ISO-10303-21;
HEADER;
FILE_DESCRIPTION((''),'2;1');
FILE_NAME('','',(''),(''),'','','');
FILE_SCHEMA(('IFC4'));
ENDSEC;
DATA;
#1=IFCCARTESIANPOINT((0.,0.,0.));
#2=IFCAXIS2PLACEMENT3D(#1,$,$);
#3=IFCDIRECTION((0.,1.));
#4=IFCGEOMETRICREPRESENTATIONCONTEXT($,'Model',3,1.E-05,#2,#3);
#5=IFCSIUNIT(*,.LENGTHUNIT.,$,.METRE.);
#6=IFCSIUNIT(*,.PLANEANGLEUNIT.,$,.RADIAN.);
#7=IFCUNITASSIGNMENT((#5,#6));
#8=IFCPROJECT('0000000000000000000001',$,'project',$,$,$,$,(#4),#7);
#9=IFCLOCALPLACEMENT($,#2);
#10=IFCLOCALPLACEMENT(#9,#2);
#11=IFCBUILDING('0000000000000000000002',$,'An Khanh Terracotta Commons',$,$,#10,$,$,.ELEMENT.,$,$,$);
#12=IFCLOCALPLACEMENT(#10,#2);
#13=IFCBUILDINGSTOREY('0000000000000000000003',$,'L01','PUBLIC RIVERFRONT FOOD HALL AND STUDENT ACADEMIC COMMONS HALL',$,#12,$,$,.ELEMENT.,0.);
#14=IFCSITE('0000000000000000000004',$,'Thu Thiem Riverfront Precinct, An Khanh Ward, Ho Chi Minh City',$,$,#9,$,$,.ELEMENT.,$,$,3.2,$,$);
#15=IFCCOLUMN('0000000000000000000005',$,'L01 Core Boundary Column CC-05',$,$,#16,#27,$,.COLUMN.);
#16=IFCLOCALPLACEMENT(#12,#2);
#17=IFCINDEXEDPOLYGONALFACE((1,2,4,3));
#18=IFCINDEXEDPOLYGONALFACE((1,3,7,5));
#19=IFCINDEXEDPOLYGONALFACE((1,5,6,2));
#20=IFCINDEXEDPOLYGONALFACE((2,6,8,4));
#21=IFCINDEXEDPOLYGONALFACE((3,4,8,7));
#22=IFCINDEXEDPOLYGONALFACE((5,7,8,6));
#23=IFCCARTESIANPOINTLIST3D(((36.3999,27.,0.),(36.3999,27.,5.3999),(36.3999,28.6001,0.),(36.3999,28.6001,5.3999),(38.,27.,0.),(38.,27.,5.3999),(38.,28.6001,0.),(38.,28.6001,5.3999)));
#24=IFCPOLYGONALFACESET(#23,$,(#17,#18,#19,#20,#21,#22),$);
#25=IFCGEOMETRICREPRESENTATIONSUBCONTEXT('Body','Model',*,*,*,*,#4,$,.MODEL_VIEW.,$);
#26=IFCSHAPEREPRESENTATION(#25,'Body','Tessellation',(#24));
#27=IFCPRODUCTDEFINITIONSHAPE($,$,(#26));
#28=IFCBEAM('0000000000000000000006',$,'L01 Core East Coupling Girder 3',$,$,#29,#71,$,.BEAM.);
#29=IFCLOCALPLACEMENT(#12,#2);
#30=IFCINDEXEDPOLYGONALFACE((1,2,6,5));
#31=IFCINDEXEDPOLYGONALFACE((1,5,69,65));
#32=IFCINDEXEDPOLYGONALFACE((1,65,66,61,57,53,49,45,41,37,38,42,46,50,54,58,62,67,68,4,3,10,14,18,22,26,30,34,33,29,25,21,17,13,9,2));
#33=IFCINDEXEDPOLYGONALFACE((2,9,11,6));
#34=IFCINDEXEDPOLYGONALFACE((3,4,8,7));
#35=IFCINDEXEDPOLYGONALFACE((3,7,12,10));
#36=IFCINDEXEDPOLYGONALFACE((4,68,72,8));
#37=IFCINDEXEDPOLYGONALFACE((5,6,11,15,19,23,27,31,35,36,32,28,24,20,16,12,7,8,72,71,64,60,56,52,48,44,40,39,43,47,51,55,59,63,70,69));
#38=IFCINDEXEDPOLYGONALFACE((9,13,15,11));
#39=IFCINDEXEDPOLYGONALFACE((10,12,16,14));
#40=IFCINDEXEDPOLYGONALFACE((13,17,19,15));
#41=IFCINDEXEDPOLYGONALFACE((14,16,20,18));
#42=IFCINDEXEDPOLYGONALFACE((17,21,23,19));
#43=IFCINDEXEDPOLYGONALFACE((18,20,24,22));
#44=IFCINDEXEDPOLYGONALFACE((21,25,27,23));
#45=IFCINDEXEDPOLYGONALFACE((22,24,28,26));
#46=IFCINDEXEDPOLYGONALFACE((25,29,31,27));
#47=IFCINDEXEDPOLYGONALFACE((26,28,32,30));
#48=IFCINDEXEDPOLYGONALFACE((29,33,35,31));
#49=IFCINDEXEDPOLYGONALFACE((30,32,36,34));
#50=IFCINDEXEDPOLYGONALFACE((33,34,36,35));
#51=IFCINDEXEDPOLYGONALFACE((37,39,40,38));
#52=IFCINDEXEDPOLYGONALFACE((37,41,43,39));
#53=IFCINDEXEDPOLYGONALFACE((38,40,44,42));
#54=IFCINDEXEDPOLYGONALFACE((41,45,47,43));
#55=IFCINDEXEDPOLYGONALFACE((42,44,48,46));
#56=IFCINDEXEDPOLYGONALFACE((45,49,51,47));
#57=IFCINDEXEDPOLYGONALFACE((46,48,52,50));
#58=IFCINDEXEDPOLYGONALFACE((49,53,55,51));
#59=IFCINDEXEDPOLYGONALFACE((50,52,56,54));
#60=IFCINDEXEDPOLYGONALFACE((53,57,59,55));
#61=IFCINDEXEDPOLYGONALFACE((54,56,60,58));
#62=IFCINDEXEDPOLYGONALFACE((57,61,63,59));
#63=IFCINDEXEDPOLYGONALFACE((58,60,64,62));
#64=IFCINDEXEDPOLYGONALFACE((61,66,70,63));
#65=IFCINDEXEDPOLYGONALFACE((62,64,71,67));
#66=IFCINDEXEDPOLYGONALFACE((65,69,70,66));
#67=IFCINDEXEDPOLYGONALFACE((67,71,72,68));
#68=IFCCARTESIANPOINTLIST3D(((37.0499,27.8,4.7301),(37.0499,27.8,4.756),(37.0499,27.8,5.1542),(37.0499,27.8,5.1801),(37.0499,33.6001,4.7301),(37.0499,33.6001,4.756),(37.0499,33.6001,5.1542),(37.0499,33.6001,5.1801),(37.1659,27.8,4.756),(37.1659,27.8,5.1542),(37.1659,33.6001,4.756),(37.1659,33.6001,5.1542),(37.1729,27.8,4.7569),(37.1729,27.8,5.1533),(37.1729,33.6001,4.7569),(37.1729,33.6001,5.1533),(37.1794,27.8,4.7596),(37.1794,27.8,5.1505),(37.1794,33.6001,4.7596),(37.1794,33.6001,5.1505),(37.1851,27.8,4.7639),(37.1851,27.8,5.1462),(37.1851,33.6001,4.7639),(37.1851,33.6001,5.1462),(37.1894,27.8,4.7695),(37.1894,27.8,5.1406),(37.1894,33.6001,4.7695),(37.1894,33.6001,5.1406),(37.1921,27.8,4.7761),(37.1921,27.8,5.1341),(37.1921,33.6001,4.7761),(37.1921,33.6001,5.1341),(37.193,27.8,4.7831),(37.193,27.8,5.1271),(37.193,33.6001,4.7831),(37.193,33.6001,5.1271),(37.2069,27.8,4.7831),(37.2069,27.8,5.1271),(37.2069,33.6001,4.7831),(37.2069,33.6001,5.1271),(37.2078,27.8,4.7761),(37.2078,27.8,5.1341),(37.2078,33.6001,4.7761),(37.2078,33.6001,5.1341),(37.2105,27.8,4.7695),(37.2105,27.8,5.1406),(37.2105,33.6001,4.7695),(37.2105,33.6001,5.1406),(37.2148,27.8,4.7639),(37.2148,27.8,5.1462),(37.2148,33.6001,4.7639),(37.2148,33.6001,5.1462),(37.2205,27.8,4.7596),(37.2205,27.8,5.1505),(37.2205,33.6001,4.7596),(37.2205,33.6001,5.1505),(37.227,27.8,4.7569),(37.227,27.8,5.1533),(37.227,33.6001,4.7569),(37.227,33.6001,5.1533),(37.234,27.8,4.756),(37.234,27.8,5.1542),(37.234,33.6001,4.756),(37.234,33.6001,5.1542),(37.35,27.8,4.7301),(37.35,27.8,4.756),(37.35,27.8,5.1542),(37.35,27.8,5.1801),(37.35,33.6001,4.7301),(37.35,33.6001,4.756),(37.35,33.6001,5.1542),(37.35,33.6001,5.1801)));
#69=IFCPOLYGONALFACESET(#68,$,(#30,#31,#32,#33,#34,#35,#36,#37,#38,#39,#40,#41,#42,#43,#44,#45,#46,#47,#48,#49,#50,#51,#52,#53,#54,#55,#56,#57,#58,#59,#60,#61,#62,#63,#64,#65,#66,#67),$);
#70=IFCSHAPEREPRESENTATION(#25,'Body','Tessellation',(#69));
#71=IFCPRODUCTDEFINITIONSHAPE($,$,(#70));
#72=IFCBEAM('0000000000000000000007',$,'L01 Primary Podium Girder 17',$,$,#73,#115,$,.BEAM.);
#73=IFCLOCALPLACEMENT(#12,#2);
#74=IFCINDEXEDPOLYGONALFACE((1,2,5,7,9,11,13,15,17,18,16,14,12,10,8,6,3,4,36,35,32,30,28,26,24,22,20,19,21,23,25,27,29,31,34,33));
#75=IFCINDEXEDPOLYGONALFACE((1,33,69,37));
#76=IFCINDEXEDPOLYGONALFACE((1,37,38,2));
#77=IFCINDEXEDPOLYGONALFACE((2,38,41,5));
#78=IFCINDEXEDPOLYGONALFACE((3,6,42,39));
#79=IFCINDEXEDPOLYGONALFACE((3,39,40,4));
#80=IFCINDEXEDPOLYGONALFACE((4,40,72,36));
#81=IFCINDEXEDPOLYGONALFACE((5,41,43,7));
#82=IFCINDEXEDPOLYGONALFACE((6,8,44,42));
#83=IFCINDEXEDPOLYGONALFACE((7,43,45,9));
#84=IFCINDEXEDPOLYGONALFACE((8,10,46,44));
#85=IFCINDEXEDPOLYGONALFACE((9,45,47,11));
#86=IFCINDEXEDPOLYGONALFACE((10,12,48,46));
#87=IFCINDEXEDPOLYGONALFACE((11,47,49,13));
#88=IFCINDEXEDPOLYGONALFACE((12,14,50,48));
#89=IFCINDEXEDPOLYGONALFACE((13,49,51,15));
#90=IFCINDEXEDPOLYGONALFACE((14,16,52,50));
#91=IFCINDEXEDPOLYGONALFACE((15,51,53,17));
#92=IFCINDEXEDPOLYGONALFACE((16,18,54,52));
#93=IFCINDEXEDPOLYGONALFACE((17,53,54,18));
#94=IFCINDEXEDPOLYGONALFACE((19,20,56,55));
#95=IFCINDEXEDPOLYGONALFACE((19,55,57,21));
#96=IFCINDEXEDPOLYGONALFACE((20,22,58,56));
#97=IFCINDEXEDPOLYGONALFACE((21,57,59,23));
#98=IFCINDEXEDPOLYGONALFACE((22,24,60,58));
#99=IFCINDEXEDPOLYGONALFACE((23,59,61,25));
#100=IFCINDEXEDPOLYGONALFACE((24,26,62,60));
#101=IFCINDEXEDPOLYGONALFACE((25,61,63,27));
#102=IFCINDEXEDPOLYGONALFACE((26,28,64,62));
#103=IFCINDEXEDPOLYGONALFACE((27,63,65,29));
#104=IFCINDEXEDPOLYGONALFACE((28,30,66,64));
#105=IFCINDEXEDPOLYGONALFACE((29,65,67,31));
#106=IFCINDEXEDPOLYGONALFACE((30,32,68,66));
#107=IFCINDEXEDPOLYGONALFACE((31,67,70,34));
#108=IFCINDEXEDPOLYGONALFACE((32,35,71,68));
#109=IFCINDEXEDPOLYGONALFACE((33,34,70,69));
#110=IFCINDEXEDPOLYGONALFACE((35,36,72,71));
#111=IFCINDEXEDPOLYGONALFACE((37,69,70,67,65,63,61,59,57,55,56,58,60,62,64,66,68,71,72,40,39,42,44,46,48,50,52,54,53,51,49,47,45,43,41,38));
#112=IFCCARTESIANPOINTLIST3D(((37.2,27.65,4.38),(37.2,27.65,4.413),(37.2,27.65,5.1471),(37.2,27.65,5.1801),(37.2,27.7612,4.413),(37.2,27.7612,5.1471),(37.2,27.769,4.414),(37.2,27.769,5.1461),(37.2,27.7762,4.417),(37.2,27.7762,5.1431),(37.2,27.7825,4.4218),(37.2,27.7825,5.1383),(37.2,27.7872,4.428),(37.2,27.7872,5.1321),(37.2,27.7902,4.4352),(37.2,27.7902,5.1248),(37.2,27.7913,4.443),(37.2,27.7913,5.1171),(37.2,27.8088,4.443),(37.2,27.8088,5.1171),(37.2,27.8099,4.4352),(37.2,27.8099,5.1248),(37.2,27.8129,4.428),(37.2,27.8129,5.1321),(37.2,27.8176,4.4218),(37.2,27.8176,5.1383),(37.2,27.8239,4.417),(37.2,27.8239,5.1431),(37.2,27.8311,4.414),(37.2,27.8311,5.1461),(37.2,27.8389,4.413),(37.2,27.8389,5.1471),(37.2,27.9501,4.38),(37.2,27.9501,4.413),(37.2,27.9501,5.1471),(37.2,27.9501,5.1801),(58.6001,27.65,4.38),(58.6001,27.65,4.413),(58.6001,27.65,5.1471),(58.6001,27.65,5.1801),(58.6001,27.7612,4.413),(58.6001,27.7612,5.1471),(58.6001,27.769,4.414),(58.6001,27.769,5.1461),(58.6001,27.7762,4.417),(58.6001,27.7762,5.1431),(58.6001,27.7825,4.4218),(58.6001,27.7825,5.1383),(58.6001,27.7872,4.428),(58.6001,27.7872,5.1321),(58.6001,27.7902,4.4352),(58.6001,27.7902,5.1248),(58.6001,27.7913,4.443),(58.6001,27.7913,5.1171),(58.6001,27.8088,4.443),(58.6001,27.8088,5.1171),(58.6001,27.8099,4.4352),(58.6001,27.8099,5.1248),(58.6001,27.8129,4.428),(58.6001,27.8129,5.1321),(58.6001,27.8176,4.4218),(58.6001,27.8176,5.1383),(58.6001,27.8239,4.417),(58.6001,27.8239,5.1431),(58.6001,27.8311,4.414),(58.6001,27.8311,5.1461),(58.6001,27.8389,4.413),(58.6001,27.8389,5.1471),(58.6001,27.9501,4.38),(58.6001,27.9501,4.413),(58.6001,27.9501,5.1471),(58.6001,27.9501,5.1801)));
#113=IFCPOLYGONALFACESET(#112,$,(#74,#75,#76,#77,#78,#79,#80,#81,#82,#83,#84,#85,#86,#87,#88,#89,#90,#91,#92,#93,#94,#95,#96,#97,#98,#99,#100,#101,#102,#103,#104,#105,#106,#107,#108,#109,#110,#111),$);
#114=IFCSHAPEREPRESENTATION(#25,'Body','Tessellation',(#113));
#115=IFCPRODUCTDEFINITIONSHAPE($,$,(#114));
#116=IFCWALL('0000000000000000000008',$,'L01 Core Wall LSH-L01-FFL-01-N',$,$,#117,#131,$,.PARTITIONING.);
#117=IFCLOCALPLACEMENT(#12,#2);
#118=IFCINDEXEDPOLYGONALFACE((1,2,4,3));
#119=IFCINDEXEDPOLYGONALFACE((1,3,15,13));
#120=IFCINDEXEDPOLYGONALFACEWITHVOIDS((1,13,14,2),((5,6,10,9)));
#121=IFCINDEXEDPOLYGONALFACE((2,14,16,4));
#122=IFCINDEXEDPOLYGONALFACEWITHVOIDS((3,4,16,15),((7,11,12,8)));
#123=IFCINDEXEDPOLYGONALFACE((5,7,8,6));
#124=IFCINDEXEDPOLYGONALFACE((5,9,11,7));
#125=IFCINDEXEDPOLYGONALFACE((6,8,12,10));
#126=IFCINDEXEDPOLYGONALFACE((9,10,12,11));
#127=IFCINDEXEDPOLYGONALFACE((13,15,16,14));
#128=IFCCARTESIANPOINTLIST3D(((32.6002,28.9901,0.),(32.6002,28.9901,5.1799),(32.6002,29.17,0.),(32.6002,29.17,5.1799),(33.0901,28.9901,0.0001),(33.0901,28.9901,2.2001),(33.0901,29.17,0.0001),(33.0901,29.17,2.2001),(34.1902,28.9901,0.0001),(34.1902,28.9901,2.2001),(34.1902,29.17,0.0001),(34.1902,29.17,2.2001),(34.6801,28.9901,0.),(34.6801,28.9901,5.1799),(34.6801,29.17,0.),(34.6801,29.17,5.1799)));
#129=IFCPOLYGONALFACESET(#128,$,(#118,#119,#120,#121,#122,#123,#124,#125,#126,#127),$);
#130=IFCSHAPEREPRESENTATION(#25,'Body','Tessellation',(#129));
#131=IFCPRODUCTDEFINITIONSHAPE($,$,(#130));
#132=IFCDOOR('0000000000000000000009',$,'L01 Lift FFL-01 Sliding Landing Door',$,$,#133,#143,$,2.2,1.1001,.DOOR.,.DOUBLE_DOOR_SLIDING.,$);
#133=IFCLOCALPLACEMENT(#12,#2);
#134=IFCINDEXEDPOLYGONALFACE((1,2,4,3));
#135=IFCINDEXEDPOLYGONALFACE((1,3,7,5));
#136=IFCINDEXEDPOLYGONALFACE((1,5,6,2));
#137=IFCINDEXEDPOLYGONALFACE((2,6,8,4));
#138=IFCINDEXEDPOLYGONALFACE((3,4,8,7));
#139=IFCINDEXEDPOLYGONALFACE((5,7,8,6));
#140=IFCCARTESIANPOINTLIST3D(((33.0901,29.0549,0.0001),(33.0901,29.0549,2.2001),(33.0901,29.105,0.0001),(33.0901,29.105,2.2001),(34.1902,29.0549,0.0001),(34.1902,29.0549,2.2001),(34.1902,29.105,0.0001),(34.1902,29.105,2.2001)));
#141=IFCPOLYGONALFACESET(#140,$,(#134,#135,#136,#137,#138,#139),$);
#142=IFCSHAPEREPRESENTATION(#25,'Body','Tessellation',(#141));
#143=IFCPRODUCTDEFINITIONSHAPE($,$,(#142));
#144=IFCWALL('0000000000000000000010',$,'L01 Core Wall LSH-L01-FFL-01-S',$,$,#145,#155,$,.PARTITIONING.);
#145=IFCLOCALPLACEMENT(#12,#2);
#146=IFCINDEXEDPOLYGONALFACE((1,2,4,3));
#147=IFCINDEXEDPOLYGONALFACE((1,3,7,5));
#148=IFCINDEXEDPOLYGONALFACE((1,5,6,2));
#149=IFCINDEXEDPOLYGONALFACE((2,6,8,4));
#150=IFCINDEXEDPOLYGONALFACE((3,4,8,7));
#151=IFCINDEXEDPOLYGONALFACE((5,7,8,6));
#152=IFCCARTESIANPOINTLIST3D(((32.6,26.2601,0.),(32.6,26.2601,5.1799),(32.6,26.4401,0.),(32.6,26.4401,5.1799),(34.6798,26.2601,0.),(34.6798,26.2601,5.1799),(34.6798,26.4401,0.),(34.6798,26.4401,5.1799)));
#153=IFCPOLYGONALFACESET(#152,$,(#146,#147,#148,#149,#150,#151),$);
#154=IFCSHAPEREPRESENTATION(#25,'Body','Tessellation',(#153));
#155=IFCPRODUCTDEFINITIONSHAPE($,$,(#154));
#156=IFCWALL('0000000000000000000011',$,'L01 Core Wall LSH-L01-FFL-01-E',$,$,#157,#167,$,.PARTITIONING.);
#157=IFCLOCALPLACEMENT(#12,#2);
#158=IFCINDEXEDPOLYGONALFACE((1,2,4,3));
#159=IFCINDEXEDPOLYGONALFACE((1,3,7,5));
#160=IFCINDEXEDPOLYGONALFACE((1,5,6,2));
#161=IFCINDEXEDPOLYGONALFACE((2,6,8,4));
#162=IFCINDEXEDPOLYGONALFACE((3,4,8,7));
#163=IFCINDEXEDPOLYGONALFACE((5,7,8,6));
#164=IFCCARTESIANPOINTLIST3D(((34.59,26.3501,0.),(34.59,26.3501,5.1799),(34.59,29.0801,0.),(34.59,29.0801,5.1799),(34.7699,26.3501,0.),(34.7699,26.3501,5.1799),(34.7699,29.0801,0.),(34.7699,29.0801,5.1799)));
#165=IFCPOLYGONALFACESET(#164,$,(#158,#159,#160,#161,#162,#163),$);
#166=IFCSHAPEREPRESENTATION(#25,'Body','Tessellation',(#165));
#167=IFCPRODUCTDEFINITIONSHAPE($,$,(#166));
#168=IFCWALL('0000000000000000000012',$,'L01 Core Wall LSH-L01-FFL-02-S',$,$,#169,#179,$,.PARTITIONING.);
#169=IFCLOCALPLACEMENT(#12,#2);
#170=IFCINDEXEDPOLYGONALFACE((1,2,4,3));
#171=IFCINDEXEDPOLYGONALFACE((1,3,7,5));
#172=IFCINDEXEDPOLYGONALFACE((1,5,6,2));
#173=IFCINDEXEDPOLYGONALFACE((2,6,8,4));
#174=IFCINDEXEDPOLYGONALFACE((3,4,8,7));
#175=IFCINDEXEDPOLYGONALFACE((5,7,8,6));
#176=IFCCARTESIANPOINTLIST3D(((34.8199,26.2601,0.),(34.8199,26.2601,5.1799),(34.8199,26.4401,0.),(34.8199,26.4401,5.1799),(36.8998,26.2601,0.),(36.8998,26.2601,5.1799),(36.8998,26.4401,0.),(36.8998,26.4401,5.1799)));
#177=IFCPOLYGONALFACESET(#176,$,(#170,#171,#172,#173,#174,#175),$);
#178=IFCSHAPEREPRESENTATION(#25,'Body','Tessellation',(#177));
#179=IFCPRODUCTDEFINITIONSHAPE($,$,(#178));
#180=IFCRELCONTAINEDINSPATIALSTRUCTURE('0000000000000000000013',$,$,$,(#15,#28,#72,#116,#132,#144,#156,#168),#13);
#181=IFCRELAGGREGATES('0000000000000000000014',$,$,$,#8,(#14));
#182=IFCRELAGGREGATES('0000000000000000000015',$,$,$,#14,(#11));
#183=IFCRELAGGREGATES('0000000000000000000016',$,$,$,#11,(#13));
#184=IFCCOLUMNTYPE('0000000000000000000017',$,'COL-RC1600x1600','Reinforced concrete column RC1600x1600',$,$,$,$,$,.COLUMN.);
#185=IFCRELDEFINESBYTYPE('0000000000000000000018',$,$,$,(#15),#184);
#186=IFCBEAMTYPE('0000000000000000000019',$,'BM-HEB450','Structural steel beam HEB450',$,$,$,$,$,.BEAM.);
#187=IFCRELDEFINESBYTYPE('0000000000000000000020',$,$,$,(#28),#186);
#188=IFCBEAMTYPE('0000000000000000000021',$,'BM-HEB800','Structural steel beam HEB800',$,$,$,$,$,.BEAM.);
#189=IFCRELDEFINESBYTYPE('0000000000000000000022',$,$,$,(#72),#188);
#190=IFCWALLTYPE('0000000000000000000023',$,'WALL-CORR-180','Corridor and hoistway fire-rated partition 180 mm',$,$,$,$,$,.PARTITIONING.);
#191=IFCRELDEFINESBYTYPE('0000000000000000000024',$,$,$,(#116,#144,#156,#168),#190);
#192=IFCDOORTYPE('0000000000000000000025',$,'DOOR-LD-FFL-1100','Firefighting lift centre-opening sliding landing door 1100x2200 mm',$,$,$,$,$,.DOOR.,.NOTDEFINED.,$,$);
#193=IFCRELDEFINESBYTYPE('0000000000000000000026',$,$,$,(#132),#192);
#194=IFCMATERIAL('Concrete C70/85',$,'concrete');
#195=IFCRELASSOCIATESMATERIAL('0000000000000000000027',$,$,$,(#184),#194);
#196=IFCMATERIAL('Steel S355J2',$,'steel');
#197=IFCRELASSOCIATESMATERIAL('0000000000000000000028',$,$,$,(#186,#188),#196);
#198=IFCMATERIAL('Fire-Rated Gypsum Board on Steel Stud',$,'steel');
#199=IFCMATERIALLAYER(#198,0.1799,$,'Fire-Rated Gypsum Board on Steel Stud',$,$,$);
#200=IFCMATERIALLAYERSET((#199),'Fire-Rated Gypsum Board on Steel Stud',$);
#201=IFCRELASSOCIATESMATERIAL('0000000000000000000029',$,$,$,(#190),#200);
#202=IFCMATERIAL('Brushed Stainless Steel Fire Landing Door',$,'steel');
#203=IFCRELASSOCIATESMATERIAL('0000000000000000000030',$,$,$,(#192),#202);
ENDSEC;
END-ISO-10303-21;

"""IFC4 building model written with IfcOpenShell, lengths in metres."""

from ifc_helpers import new_model, si_unit, direction, frame, frame_2d, origin, origin_2d, place, context, subcontext, project, spatial, rectangle, i_section, extrude, material, layer, layer_set, material_profile, profile_set, type_object, element, fill, save


model = new_model("IFC4")

# Units and contexts
model_context = context("Model", 3, precision=1e-05, world=origin(), true_north=direction((0.0, 1.0)))
body_context = subcontext(model_context, "Body", "Model", "MODEL_VIEW")
ifc_project = project(units=[si_unit("LENGTHUNIT", "METRE"), si_unit("PLANEANGLEUNIT", "RADIAN")], contexts=[model_context])

# Site, building, storey
site_placement = place(None, origin())
site = spatial("IfcSite", under=ifc_project, at=site_placement, Name="Thu Thiem Riverfront Precinct, An Khanh Ward, Ho Chi Minh City", CompositionType="ELEMENT", RefElevation=3.2)
building_placement = place(site_placement, origin())
building = spatial("IfcBuilding", under=site, at=building_placement, Name="An Khanh Terracotta Commons", CompositionType="ELEMENT")
storey_placement = place(building_placement, origin())
storey = spatial("IfcBuildingStorey", under=building, at=storey_placement, Name="L01", Description="PUBLIC RIVERFRONT FOOD HALL AND STUDENT ACADEMIC COMMONS HALL", CompositionType="ELEMENT", Elevation=0.0)

# Column
ifc_material_1 = material(Name="Concrete C70/85", Category="concrete")
ifc_material_profile_1 = material_profile(ifc_material_1, rectangle(XDim=1.6001, YDim=1.6001, at=origin_2d()), Name="RC1600x1600")
ifc_profile_set_1 = profile_set([ifc_material_profile_1], Name="Concrete C70/85")
column_type = type_object("IfcColumnType", Name="COL-RC1600x1600", Description="Reinforced concrete column RC1600x1600", PredefinedType="COLUMN", material=ifc_profile_set_1)
column_placement = place(storey_placement, frame((37.2, 27.8, 0.0), z_axis=(0.0, 0.0, 1.0), x_axis=(1.0, 0.0, 0.0)))
element("IfcColumn", 1, at=column_placement, inside=storey, type_object=column_type, Name="L01 Core Boundary Column CC-05", PredefinedType="COLUMN", context=body_context, shape_type="SweptSolid", body=[
    extrude(rectangle(XDim=1.6001, YDim=1.6001, at=origin_2d()), origin(), (0.0, 0.0, 1.0), 5.3999),
])

# Beams
ifc_material_2 = material(Name="Steel S355J2", Category="steel")
ifc_material_profile_2 = material_profile(ifc_material_2, i_section(OverallWidth=0.3, OverallDepth=0.45, WebThickness=0.0139, FlangeThickness=0.0259, FilletRadius=0.0271, at=origin_2d()), Name="HEB450")
ifc_profile_set_2 = profile_set([ifc_material_profile_2], Name="Steel S355J2")
beam_type_1 = type_object("IfcBeamType", Name="BM-HEB450", Description="Structural steel beam HEB450", PredefinedType="BEAM", material=ifc_profile_set_2)
beam_1_placement = place(storey_placement, frame((37.2, 27.8, 4.9551), z_axis=(0.0, 1.0, 0.0), x_axis=(-1.0, 0.0, 0.0)))
element("IfcBeam", 2, at=beam_1_placement, inside=storey, type_object=beam_type_1, Name="L01 Core East Coupling Girder 3", PredefinedType="BEAM", context=body_context, shape_type="SweptSolid", body=[
    extrude(i_section(OverallWidth=0.3, OverallDepth=0.45, WebThickness=0.0139, FlangeThickness=0.0259, FilletRadius=0.0271, at=origin_2d()), origin(), (0.0, 0.0, 1.0), 5.8),
])
ifc_material_profile_3 = material_profile(ifc_material_2, i_section(OverallWidth=0.3, OverallDepth=0.8, WebThickness=0.0176, FlangeThickness=0.033, FilletRadius=0.03, at=origin_2d()), Name="HEB800")
ifc_profile_set_3 = profile_set([ifc_material_profile_3], Name="Steel S355J2")
beam_type_2 = type_object("IfcBeamType", Name="BM-HEB800", Description="Structural steel beam HEB800", PredefinedType="BEAM", material=ifc_profile_set_3)
beam_2_placement = place(storey_placement, frame((37.2, 27.8, 4.78), z_axis=(1.0, 0.0, 0.0), x_axis=(0.0, 1.0, 0.0)))
element("IfcBeam", 3, at=beam_2_placement, inside=storey, type_object=beam_type_2, Name="L01 Primary Podium Girder 17", PredefinedType="BEAM", context=body_context, shape_type="SweptSolid", body=[
    extrude(i_section(OverallWidth=0.3, OverallDepth=0.8, WebThickness=0.0176, FlangeThickness=0.033, FilletRadius=0.03, at=origin_2d()), origin(), (0.0, 0.0, 1.0), 21.4001),
])

# Wall, opening, door
ifc_material_3 = material(Name="Fire-Rated Gypsum Board on Steel Stud", Category="steel")
ifc_layer_1 = layer(ifc_material_3, 0.1799, Name="Fire-Rated Gypsum Board on Steel Stud")
ifc_layer_set_1 = layer_set([ifc_layer_1], Name="Fire-Rated Gypsum Board on Steel Stud")
wall_type_1 = type_object("IfcWallType", Name="WALL-CORR-180", Description="Corridor and hoistway fire-rated partition 180 mm", PredefinedType="PARTITIONING", material=ifc_layer_set_1)
wall_1_placement = place(storey_placement, frame((32.6001, 29.0801, 0.0), z_axis=(0.0, 0.0, 1.0), x_axis=(1.0, 0.0, 0.0)))
wall_1 = element("IfcWall", 4, at=wall_1_placement, inside=storey, type_object=wall_type_1, Name="L01 Core Wall LSH-L01-FFL-01-N", PredefinedType="PARTITIONING", context=body_context, shape_type="SweptSolid", body=[
    extrude(rectangle(XDim=2.0798, YDim=0.1799, at=frame_2d((1.04, 0.0))), origin(), (0.0, 0.0, 1.0), 5.1799),
])
opening_1_placement = place(wall_1_placement, frame((0.49, 0.0, 0.0)))
opening_1 = element("IfcOpeningElement", 5, at=opening_1_placement, cuts=wall_1, PredefinedType="OPENING", context=body_context, shape_type="SweptSolid", body=[
    extrude(rectangle(XDim=1.1001, YDim=2.2, at=frame_2d((0.55, 1.1001))), frame((0.0, 0.0999, 0.0), z_axis=(0.0, -1.0, 0.0), x_axis=(1.0, 0.0, 0.0)), (0.0, 0.0, 1.0), 0.2),
])
ifc_material_4 = material(Name="Brushed Stainless Steel Fire Landing Door", Category="steel")
door_type_1 = type_object("IfcDoorType", Name="DOOR-LD-FFL-1100", Description="Firefighting lift centre-opening sliding landing door 1100x2200 mm", OperationType="NOTDEFINED", PredefinedType="DOOR", material=ifc_material_4)
door_1_placement = place(opening_1_placement, origin())
door_1 = element("IfcDoor", 6, at=door_1_placement, inside=storey, type_object=door_type_1, Name="L01 Lift FFL-01 Sliding Landing Door", OperationType="DOUBLE_DOOR_SLIDING", OverallHeight=2.2, OverallWidth=1.1001, PredefinedType="DOOR", context=body_context, shape_type="SweptSolid", body=[
    extrude(rectangle(XDim=1.1001, YDim=2.2, at=frame_2d((0.55, 1.1001))), frame((0.0, 0.0249, 0.0), z_axis=(0.0, -1.0, 0.0), x_axis=(1.0, 0.0, 0.0)), (0.0, 0.0, 1.0), 0.05),
])
fill(opening_1, door_1)

# Walls
wall_2_placement = place(storey_placement, frame((34.6799, 26.3501, 0.0), z_axis=(0.0, 0.0, 1.0), x_axis=(-1.0, 0.0, 0.0)))
element("IfcWall", 7, at=wall_2_placement, inside=storey, type_object=wall_type_1, Name="L01 Core Wall LSH-L01-FFL-01-S", PredefinedType="PARTITIONING", context=body_context, shape_type="SweptSolid", body=[
    extrude(rectangle(XDim=2.0798, YDim=0.1799, at=frame_2d((1.04, 0.0))), origin(), (0.0, 0.0, 1.0), 5.1799),
])
wall_3_placement = place(storey_placement, frame((34.6799, 26.3501, 0.0), z_axis=(0.0, 0.0, 1.0), x_axis=(0.0, 1.0, 0.0)))
element("IfcWall", 8, at=wall_3_placement, inside=storey, type_object=wall_type_1, Name="L01 Core Wall LSH-L01-FFL-01-E", PredefinedType="PARTITIONING", context=body_context, shape_type="SweptSolid", body=[
    extrude(rectangle(XDim=2.73, YDim=0.1799, at=frame_2d((1.365, 0.0))), origin(), (0.0, 0.0, 1.0), 5.1799),
])
wall_4_placement = place(storey_placement, frame((36.8999, 26.3501, 0.0), z_axis=(0.0, 0.0, 1.0), x_axis=(-1.0, 0.0, 0.0)))
element("IfcWall", 9, at=wall_4_placement, inside=storey, type_object=wall_type_1, Name="L01 Core Wall LSH-L01-FFL-02-S", PredefinedType="PARTITIONING", context=body_context, shape_type="SweptSolid", body=[
    extrude(rectangle(XDim=2.0798, YDim=0.1799, at=frame_2d((1.04, 0.0))), origin(), (0.0, 0.0, 1.0), 5.1799),
])

save(model, "model.ifc")
